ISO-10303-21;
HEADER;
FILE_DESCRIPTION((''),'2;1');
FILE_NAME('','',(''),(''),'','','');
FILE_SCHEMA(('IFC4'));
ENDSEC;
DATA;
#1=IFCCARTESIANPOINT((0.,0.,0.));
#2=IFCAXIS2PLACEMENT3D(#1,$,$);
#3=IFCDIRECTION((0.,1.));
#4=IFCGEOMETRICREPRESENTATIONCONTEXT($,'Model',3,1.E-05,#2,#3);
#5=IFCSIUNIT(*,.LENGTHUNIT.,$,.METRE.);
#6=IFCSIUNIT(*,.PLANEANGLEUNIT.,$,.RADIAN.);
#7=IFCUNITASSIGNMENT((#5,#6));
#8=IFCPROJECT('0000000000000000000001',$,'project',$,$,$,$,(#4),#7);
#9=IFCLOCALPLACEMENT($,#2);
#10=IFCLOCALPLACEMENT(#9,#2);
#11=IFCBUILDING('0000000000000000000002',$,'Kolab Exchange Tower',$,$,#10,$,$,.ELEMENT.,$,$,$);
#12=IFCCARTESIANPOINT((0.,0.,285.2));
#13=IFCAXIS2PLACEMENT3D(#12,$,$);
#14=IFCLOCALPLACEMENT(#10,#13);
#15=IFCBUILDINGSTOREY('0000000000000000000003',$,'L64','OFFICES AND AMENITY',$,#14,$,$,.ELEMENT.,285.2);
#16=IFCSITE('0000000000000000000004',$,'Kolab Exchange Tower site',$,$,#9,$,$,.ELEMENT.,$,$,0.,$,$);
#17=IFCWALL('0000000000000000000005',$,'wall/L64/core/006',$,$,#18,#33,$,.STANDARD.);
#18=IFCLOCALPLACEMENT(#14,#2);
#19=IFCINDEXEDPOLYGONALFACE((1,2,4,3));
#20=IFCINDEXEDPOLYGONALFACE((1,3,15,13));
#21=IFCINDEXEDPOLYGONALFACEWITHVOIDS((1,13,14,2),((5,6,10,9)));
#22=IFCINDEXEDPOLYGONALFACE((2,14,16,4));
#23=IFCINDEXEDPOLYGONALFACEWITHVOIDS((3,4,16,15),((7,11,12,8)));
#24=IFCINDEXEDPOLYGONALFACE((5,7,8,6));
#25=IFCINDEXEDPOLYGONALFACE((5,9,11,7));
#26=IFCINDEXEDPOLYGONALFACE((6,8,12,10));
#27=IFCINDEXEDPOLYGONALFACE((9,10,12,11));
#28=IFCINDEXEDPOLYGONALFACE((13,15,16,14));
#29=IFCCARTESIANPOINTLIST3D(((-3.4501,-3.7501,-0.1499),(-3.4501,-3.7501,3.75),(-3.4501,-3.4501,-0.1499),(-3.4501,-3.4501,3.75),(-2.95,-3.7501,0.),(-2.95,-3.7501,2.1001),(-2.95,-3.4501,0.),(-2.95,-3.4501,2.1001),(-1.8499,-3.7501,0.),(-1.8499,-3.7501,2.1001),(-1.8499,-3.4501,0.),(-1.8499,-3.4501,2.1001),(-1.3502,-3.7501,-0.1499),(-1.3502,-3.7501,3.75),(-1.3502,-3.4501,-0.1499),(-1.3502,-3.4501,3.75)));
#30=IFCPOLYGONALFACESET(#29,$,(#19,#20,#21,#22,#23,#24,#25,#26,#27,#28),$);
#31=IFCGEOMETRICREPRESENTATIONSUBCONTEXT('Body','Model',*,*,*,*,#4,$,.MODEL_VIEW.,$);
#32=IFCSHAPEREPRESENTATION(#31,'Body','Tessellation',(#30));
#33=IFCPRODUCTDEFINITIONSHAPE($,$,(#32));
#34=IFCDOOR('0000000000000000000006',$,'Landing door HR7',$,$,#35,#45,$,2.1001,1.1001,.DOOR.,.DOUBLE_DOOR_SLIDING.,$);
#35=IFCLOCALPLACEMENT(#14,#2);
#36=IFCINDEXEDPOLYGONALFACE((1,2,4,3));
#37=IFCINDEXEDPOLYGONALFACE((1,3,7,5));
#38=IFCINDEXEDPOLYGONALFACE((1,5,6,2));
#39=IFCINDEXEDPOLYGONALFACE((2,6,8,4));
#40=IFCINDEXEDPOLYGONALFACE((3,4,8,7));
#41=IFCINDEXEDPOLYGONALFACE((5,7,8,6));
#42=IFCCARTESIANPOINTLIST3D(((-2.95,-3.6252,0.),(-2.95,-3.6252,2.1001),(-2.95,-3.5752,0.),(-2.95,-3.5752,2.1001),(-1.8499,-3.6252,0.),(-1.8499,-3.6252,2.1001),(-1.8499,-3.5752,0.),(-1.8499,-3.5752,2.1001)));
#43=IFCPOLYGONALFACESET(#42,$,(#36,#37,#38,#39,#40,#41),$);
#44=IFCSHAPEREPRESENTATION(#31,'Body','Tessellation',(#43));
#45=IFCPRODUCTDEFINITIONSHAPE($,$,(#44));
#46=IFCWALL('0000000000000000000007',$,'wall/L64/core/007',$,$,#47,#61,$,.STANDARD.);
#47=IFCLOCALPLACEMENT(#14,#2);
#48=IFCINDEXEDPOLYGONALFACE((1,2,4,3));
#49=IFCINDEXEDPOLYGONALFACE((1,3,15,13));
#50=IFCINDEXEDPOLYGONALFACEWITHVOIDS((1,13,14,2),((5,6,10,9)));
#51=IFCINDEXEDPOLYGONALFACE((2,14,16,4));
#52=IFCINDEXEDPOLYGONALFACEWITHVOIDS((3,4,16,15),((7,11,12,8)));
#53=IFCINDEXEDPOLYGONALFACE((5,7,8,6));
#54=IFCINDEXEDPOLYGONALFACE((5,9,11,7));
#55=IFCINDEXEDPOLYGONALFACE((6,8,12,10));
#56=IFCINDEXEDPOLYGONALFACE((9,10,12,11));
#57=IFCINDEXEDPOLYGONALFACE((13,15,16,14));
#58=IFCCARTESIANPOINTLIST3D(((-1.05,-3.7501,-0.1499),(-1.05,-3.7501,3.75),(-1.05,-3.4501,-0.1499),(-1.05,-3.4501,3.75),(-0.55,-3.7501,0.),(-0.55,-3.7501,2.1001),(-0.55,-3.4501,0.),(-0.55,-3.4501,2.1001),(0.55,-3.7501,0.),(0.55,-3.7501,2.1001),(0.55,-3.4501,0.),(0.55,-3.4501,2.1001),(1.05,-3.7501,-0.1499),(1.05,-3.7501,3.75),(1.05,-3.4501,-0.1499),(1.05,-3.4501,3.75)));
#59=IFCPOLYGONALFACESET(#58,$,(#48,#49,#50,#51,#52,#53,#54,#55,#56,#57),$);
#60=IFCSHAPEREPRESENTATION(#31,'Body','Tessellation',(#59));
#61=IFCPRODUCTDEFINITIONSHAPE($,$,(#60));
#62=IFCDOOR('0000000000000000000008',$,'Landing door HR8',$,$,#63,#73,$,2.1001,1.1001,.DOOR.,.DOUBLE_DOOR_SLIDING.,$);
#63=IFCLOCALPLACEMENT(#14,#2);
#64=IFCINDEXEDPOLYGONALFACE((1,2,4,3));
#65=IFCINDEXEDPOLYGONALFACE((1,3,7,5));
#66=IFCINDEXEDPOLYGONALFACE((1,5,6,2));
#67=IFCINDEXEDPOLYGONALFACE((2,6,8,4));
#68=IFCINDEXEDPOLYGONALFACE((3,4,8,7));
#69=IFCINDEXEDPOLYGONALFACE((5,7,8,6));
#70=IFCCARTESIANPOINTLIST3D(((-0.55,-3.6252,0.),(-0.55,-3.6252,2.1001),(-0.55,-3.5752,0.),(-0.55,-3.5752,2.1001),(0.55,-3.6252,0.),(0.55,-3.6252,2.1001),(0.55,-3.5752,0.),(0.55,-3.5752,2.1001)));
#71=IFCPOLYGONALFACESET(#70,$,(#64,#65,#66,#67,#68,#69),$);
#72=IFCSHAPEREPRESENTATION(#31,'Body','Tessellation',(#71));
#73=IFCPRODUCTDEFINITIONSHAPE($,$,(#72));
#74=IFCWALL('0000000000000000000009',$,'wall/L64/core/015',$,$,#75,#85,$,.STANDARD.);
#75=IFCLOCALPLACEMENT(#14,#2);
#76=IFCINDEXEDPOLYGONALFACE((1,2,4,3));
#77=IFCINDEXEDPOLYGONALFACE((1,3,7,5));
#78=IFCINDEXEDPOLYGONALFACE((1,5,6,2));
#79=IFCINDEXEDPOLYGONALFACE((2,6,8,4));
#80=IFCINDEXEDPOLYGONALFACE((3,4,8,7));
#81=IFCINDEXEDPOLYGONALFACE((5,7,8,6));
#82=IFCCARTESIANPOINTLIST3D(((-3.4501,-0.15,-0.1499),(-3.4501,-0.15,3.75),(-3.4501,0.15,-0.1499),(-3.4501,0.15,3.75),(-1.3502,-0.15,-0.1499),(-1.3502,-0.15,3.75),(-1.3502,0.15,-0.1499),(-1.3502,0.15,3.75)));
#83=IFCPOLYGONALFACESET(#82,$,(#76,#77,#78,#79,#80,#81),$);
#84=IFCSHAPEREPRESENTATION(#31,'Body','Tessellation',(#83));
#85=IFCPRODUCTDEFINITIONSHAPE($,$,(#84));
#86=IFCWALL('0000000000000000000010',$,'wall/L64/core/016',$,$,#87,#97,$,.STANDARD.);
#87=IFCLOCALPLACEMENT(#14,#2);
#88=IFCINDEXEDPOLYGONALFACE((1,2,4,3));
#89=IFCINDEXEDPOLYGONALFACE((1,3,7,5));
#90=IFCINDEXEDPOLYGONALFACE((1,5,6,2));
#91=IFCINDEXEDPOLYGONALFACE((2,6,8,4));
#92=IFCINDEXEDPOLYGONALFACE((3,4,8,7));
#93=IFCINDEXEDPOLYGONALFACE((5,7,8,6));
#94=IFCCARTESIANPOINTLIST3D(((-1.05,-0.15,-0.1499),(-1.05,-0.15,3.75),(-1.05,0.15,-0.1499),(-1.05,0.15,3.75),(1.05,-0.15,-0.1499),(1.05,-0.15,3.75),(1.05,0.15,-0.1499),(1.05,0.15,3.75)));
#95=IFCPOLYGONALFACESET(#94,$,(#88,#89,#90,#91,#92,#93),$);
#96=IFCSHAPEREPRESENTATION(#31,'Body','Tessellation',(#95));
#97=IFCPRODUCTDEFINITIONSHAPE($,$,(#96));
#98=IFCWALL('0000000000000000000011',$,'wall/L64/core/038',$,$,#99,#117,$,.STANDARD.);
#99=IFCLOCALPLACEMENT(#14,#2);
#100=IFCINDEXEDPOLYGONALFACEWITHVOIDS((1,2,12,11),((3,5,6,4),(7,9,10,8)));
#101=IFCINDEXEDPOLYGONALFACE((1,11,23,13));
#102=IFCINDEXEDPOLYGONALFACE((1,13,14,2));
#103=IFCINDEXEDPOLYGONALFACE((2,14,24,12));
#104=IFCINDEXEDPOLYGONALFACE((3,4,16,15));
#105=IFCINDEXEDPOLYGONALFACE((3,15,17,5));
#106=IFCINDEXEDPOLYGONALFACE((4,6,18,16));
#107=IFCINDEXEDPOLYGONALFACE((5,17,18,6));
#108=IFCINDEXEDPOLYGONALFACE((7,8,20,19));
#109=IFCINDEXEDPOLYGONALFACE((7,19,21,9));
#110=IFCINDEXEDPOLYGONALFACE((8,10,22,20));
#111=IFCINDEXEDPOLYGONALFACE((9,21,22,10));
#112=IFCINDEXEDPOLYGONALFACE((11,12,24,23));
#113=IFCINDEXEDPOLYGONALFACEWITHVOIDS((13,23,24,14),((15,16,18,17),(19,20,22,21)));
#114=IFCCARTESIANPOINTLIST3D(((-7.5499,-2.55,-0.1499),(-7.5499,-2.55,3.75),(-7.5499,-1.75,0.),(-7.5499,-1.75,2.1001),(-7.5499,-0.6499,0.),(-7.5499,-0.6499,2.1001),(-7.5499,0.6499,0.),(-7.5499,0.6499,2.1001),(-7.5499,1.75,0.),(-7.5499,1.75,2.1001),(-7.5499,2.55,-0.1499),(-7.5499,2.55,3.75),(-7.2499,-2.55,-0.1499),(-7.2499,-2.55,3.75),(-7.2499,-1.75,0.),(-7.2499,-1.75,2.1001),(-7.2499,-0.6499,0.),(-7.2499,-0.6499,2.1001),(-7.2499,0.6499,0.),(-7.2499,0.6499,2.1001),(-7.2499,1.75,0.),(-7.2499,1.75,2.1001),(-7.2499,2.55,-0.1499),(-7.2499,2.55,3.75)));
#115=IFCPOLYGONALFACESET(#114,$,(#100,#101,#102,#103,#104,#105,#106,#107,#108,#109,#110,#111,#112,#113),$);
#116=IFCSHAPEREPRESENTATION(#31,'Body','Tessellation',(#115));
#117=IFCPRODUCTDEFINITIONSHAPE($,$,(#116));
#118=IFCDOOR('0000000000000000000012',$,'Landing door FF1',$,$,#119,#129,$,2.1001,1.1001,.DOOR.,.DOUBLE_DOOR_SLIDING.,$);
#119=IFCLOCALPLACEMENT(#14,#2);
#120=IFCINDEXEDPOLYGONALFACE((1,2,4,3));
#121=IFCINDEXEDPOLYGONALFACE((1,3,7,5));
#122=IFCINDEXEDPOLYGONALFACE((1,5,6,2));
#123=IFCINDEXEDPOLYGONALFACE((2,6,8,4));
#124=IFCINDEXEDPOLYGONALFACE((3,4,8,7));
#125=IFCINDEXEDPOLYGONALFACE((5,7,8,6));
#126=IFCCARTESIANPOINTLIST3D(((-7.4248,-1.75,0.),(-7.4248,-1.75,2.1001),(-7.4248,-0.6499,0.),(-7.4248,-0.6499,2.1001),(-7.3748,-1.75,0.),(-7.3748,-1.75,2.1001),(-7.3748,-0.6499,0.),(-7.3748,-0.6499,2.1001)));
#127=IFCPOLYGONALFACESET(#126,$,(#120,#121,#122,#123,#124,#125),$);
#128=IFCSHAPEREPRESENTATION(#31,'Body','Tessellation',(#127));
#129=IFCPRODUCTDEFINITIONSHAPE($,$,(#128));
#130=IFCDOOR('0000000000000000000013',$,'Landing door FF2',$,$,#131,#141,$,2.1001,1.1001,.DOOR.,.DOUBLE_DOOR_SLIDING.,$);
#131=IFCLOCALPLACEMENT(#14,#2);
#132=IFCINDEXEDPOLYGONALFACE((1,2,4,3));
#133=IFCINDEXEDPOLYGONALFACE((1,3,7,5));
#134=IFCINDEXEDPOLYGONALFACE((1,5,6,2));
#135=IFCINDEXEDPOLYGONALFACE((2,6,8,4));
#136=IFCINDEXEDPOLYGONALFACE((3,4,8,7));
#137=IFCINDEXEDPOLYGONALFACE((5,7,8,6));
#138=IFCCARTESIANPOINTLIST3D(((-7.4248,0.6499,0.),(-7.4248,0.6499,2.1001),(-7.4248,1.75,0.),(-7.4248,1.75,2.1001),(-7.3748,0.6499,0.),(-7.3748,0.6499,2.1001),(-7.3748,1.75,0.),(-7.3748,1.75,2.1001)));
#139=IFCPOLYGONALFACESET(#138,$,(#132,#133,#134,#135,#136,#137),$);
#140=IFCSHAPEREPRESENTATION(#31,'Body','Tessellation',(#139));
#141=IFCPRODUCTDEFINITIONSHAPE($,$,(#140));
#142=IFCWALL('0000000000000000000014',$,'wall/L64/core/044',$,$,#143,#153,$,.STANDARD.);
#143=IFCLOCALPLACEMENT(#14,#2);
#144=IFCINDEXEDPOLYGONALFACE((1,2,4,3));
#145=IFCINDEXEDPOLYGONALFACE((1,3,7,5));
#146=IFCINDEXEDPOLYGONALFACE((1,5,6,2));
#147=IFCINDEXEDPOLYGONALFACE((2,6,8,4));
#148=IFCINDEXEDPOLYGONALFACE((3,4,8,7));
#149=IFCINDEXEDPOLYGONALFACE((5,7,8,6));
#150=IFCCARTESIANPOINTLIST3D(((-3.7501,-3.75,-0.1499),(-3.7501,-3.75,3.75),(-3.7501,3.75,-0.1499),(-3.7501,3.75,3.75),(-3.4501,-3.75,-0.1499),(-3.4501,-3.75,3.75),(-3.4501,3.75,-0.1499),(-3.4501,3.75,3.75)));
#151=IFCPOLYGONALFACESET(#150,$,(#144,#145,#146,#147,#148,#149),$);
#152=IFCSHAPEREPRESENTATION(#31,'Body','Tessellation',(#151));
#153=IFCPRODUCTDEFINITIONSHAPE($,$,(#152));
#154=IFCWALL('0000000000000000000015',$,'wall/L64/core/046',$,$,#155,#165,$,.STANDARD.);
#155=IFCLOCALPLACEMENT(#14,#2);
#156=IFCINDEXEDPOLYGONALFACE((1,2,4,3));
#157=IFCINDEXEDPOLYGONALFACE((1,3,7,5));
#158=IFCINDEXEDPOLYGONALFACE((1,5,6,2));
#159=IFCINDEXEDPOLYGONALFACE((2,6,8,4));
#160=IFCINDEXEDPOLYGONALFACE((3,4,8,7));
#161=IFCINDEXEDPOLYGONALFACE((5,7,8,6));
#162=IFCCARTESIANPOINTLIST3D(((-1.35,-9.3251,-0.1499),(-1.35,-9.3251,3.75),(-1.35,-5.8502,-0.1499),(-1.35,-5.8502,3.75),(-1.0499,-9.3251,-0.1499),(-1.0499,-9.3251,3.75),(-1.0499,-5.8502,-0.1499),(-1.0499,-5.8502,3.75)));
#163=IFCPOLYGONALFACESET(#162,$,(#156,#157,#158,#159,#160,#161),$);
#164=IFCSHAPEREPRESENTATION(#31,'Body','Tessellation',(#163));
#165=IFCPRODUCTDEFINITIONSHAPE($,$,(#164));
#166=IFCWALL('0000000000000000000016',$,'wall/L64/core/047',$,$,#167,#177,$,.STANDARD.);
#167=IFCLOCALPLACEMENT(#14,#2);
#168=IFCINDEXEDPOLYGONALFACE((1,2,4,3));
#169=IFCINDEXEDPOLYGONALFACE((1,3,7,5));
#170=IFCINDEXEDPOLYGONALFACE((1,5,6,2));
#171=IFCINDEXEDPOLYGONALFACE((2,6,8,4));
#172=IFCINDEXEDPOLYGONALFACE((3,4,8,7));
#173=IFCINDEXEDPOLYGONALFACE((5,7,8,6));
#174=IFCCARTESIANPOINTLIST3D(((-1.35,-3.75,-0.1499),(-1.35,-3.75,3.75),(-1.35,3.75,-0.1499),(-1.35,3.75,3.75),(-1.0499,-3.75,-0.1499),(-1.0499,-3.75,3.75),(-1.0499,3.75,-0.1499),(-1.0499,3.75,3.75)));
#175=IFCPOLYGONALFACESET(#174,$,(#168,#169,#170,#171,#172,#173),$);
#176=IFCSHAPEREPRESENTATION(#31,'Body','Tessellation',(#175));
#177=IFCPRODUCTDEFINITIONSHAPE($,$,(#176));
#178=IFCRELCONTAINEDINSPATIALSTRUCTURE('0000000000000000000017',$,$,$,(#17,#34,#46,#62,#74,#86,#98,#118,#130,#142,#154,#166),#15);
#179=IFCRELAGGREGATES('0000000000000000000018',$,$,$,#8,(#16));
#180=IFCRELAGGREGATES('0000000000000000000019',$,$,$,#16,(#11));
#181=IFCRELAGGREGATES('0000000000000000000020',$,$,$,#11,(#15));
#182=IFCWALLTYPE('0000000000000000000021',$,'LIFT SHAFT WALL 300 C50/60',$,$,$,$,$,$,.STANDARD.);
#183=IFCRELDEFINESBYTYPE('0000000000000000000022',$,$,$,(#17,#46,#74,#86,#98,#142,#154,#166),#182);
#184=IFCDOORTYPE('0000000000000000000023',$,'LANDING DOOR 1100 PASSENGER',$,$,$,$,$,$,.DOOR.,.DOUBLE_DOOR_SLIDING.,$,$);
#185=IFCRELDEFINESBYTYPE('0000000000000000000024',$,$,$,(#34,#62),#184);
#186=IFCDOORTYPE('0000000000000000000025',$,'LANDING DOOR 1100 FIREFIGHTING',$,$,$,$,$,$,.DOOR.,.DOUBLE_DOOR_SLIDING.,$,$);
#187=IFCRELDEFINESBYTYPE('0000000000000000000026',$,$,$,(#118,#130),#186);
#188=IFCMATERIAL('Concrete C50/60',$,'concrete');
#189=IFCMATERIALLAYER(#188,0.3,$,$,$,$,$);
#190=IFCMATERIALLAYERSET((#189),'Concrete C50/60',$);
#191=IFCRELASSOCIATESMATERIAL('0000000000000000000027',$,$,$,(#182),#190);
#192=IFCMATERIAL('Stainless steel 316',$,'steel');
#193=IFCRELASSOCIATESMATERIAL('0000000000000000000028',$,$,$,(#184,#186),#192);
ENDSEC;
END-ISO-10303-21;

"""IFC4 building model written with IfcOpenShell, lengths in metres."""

from ifc_helpers import new_model, si_unit, direction, frame, frame_2d, origin, place, context, subcontext, project, spatial, rectangle, extrude, material, layer, layer_set, type_object, element, fill, save


model = new_model("IFC4")

# Units and contexts
model_context = context("Model", 3, precision=1e-05, world=origin(), true_north=direction((0.0, 1.0)))
body_context = subcontext(model_context, "Body", "Model", "MODEL_VIEW")
ifc_project = project(units=[si_unit("LENGTHUNIT", "METRE"), si_unit("PLANEANGLEUNIT", "RADIAN")], contexts=[model_context])

# Site, building, storey
site_placement = place(None, origin())
site = spatial("IfcSite", under=ifc_project, at=site_placement, Name="Kolab Exchange Tower site", CompositionType="ELEMENT", RefElevation=0.0)
building_placement = place(site_placement, origin())
building = spatial("IfcBuilding", under=site, at=building_placement, Name="Kolab Exchange Tower", CompositionType="ELEMENT")
storey_placement = place(building_placement, frame((0.0, 0.0, 285.2)))
storey = spatial("IfcBuildingStorey", under=building, at=storey_placement, Name="L64", Description="OFFICES AND AMENITY", CompositionType="ELEMENT", Elevation=285.2)

# Walls, openings, doors
ifc_material_1 = material(Name="Concrete C50/60", Category="concrete")
ifc_layer_1 = layer(ifc_material_1, 0.3)
ifc_layer_set_1 = layer_set([ifc_layer_1], Name="Concrete C50/60")
wall_type_1 = type_object("IfcWallType", Name="LIFT SHAFT WALL 300 C50/60", PredefinedType="STANDARD", material=ifc_layer_set_1)
ifc_material_2 = material(Name="Stainless steel 316", Category="steel")
door_type_1 = type_object("IfcDoorType", Name="LANDING DOOR 1100 PASSENGER", OperationType="DOUBLE_DOOR_SLIDING", PredefinedType="DOOR", material=ifc_material_2)
wall_1_placement = place(storey_placement, frame((-3.45, -3.6001, -0.1499), z_axis=(0.0, 0.0, 1.0), x_axis=(1.0, 0.0, 0.0)))
wall_1 = element("IfcWall", 1, at=wall_1_placement, inside=storey, type_object=wall_type_1, Name="wall/L64/core/006", PredefinedType="STANDARD", context=body_context, shape_type="SweptSolid", body=[
    extrude(rectangle(XDim=2.0999, YDim=0.3, at=frame_2d((1.0498, 0.0))), origin(), (0.0, 0.0, 1.0), 3.8999),
])
opening_1_placement = place(wall_1_placement, frame((0.5, 0.0, 0.1499)))
opening_1 = element("IfcOpeningElement", 2, at=opening_1_placement, cuts=wall_1, PredefinedType="OPENING", context=body_context, shape_type="SweptSolid", body=[
    extrude(rectangle(XDim=1.1001, YDim=2.1001, at=frame_2d((0.55, 1.05))), frame((0.0, 0.1602, 0.0), z_axis=(0.0, -1.0, 0.0), x_axis=(1.0, 0.0, 0.0)), (0.0, 0.0, 1.0), 0.3201),
])
door_1_placement = place(opening_1_placement, origin())
door_1 = element("IfcDoor", 3, at=door_1_placement, inside=storey, type_object=door_type_1, Name="Landing door HR7", OperationType="DOUBLE_DOOR_SLIDING", OverallHeight=2.1001, OverallWidth=1.1001, PredefinedType="DOOR", context=body_context, shape_type="SweptSolid", body=[
    extrude(rectangle(XDim=1.1001, YDim=2.1001, at=frame_2d((0.55, 1.05))), frame((0.0, 0.0249, 0.0), z_axis=(0.0, -1.0, 0.0), x_axis=(1.0, 0.0, 0.0)), (0.0, 0.0, 1.0), 0.05),
])
fill(opening_1, door_1)
wall_2_placement = place(storey_placement, frame((-1.05, -3.6001, -0.1499), z_axis=(0.0, 0.0, 1.0), x_axis=(1.0, 0.0, 0.0)))
wall_2 = element("IfcWall", 4, at=wall_2_placement, inside=storey, type_object=wall_type_1, Name="wall/L64/core/007", PredefinedType="STANDARD", context=body_context, shape_type="SweptSolid", body=[
    extrude(rectangle(XDim=2.1001, YDim=0.3, at=frame_2d((1.05, 0.0))), origin(), (0.0, 0.0, 1.0), 3.8999),
])
opening_2_placement = place(wall_2_placement, frame((0.5, 0.0, 0.1499)))
opening_2 = element("IfcOpeningElement", 5, at=opening_2_placement, cuts=wall_2, PredefinedType="OPENING", context=body_context, shape_type="SweptSolid", body=[
    extrude(rectangle(XDim=1.1001, YDim=2.1001, at=frame_2d((0.55, 1.05))), frame((0.0, 0.1602, 0.0), z_axis=(0.0, -1.0, 0.0), x_axis=(1.0, 0.0, 0.0)), (0.0, 0.0, 1.0), 0.3201),
])
door_2_placement = place(opening_2_placement, origin())
door_2 = element("IfcDoor", 6, at=door_2_placement, inside=storey, type_object=door_type_1, Name="Landing door HR8", OperationType="DOUBLE_DOOR_SLIDING", OverallHeight=2.1001, OverallWidth=1.1001, PredefinedType="DOOR", context=body_context, shape_type="SweptSolid", body=[
    extrude(rectangle(XDim=1.1001, YDim=2.1001, at=frame_2d((0.55, 1.05))), frame((0.0, 0.0249, 0.0), z_axis=(0.0, -1.0, 0.0), x_axis=(1.0, 0.0, 0.0)), (0.0, 0.0, 1.0), 0.05),
])
fill(opening_2, door_2)

# Walls
wall_3_placement = place(storey_placement, frame((-3.45, 0.0, -0.1499), z_axis=(0.0, 0.0, 1.0), x_axis=(1.0, 0.0, 0.0)))
element("IfcWall", 7, at=wall_3_placement, inside=storey, type_object=wall_type_1, Name="wall/L64/core/015", PredefinedType="STANDARD", context=body_context, shape_type="SweptSolid", body=[
    extrude(rectangle(XDim=2.0999, YDim=0.3, at=frame_2d((1.0498, 0.0))), origin(), (0.0, 0.0, 1.0), 3.8999),
])
wall_4_placement = place(storey_placement, frame((-1.05, 0.0, -0.1499), z_axis=(0.0, 0.0, 1.0), x_axis=(1.0, 0.0, 0.0)))
element("IfcWall", 8, at=wall_4_placement, inside=storey, type_object=wall_type_1, Name="wall/L64/core/016", PredefinedType="STANDARD", context=body_context, shape_type="SweptSolid", body=[
    extrude(rectangle(XDim=2.1001, YDim=0.3, at=frame_2d((1.05, 0.0))), origin(), (0.0, 0.0, 1.0), 3.8999),
])

# Wall, openings, doors
wall_5_placement = place(storey_placement, frame((-7.3999, -2.55, -0.1499), z_axis=(0.0, 0.0, 1.0), x_axis=(0.0, 1.0, 0.0)))
wall_5 = element("IfcWall", 9, at=wall_5_placement, inside=storey, type_object=wall_type_1, Name="wall/L64/core/038", PredefinedType="STANDARD", context=body_context, shape_type="SweptSolid", body=[
    extrude(rectangle(XDim=5.1001, YDim=0.3, at=frame_2d((2.55, 0.0))), origin(), (0.0, 0.0, 1.0), 3.8999),
])
opening_3_placement = place(wall_5_placement, frame((0.8, 0.0, 0.1499)))
opening_3 = element("IfcOpeningElement", 10, at=opening_3_placement, cuts=wall_5, PredefinedType="OPENING", context=body_context, shape_type="SweptSolid", body=[
    extrude(rectangle(XDim=1.1001, YDim=2.1001, at=frame_2d((0.55, 1.05))), frame((0.0, 0.1602, 0.0), z_axis=(0.0, -1.0, 0.0), x_axis=(1.0, 0.0, 0.0)), (0.0, 0.0, 1.0), 0.3201),
])
opening_4_placement = place(wall_5_placement, frame((3.2, 0.0, 0.1499)))
opening_4 = element("IfcOpeningElement", 11, at=opening_4_placement, cuts=wall_5, PredefinedType="OPENING", context=body_context, shape_type="SweptSolid", body=[
    extrude(rectangle(XDim=1.1001, YDim=2.1001, at=frame_2d((0.55, 1.05))), frame((0.0, 0.1602, 0.0), z_axis=(0.0, -1.0, 0.0), x_axis=(1.0, 0.0, 0.0)), (0.0, 0.0, 1.0), 0.3201),
])
door_type_2 = type_object("IfcDoorType", Name="LANDING DOOR 1100 FIREFIGHTING", OperationType="DOUBLE_DOOR_SLIDING", PredefinedType="DOOR", material=ifc_material_2)
door_3_placement = place(opening_3_placement, origin())
door_3 = element("IfcDoor", 12, at=door_3_placement, inside=storey, type_object=door_type_2, Name="Landing door FF1", OperationType="DOUBLE_DOOR_SLIDING", OverallHeight=2.1001, OverallWidth=1.1001, PredefinedType="DOOR", context=body_context, shape_type="SweptSolid", body=[
    extrude(rectangle(XDim=1.1001, YDim=2.1001, at=frame_2d((0.55, 1.05))), frame((0.0, 0.0249, 0.0), z_axis=(0.0, -1.0, 0.0), x_axis=(1.0, 0.0, 0.0)), (0.0, 0.0, 1.0), 0.05),
])
fill(opening_3, door_3)
door_4_placement = place(opening_4_placement, origin())
door_4 = element("IfcDoor", 13, at=door_4_placement, inside=storey, type_object=door_type_2, Name="Landing door FF2", OperationType="DOUBLE_DOOR_SLIDING", OverallHeight=2.1001, OverallWidth=1.1001, PredefinedType="DOOR", context=body_context, shape_type="SweptSolid", body=[
    extrude(rectangle(XDim=1.1001, YDim=2.1001, at=frame_2d((0.55, 1.05))), frame((0.0, 0.0249, 0.0), z_axis=(0.0, -1.0, 0.0), x_axis=(1.0, 0.0, 0.0)), (0.0, 0.0, 1.0), 0.05),
])
fill(opening_4, door_4)

# Walls
wall_6_placement = place(storey_placement, frame((-3.6001, -3.75, -0.1499), z_axis=(0.0, 0.0, 1.0), x_axis=(0.0, 1.0, 0.0)))
element("IfcWall", 14, at=wall_6_placement, inside=storey, type_object=wall_type_1, Name="wall/L64/core/044", PredefinedType="STANDARD", context=body_context, shape_type="SweptSolid", body=[
    extrude(rectangle(XDim=7.5, YDim=0.3, at=frame_2d((3.75, 0.0))), origin(), (0.0, 0.0, 1.0), 3.8999),
])
wall_7_placement = place(storey_placement, frame((-1.2, -9.325, -0.1499), z_axis=(0.0, 0.0, 1.0), x_axis=(0.0, 1.0, 0.0)))
element("IfcWall", 15, at=wall_7_placement, inside=storey, type_object=wall_type_1, Name="wall/L64/core/046", PredefinedType="STANDARD", context=body_context, shape_type="SweptSolid", body=[
    extrude(rectangle(XDim=3.4749, YDim=0.3, at=frame_2d((1.7373, 0.0))), origin(), (0.0, 0.0, 1.0), 3.8999),
])
wall_8_placement = place(storey_placement, frame((-1.2, -3.75, -0.1499), z_axis=(0.0, 0.0, 1.0), x_axis=(0.0, 1.0, 0.0)))
element("IfcWall", 16, at=wall_8_placement, inside=storey, type_object=wall_type_1, Name="wall/L64/core/047", PredefinedType="STANDARD", context=body_context, shape_type="SweptSolid", body=[
    extrude(rectangle(XDim=7.5, YDim=0.3, at=frame_2d((3.75, 0.0))), origin(), (0.0, 0.0, 1.0), 3.8999),
])

save(model, "model.ifc")
